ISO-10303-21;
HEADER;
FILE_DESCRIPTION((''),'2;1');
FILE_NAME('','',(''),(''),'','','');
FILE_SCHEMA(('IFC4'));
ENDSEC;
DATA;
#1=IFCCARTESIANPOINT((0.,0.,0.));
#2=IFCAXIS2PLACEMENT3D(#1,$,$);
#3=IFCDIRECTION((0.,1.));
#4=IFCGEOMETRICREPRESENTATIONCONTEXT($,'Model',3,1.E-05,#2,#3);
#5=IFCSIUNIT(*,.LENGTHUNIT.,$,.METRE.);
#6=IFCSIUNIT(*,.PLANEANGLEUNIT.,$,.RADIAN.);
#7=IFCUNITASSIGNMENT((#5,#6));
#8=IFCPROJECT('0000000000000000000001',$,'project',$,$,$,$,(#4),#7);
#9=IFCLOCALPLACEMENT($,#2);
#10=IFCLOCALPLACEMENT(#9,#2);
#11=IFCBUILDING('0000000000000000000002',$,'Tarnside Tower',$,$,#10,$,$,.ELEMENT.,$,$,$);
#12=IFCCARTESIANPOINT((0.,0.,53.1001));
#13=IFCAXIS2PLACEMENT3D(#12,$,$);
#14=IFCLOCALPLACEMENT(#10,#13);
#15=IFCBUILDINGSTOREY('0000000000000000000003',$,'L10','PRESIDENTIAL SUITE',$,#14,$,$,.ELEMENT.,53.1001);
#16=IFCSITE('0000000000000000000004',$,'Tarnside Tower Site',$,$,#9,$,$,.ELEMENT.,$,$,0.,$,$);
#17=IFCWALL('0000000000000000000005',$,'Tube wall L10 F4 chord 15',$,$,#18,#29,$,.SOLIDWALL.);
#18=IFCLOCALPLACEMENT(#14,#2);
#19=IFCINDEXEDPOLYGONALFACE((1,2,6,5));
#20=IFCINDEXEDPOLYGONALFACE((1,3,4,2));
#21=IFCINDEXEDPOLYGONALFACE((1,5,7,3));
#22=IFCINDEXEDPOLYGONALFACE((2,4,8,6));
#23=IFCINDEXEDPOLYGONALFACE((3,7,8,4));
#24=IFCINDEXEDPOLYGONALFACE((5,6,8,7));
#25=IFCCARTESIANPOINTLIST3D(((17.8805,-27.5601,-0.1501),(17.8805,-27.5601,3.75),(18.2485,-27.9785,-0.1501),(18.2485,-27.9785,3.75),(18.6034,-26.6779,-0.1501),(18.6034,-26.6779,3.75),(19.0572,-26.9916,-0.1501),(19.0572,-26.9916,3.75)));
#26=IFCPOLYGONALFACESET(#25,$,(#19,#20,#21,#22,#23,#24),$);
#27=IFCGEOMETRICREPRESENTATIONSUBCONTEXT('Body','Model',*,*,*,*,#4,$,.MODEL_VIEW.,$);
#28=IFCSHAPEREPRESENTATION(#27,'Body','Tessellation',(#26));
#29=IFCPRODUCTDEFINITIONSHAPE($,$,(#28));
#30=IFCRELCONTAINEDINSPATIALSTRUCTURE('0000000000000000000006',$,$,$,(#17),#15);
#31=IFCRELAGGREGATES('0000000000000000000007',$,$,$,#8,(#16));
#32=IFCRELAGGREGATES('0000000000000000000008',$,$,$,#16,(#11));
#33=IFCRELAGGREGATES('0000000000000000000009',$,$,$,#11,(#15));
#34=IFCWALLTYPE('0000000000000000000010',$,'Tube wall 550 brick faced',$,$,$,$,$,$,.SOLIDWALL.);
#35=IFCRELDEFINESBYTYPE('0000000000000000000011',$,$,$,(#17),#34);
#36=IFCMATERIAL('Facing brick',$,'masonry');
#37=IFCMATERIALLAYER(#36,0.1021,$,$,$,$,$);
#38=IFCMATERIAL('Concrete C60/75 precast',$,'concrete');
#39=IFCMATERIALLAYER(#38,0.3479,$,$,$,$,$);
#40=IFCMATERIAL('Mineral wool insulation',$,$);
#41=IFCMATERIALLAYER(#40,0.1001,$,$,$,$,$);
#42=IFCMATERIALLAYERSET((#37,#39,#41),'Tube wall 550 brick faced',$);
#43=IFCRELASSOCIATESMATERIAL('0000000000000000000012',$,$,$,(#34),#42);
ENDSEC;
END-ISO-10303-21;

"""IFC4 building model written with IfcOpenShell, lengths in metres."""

from ifc_helpers import new_model, si_unit, direction, frame, origin, place, context, subcontext, project, spatial, polyline, outline, extrude, material, layer, layer_set, type_object, element, save


model = new_model("IFC4")

# Units and contexts
model_context = context("Model", 3, precision=1e-05, world=origin(), true_north=direction((0.0, 1.0)))
body_context = subcontext(model_context, "Body", "Model", "MODEL_VIEW")
ifc_project = project(units=[si_unit("LENGTHUNIT", "METRE"), si_unit("PLANEANGLEUNIT", "RADIAN")], contexts=[model_context])

# Site, building, storey
site_placement = place(None, origin())
site = spatial("IfcSite", under=ifc_project, at=site_placement, Name="Tarnside Tower Site", CompositionType="ELEMENT", RefElevation=0.0)
building_placement = place(site_placement, origin())
building = spatial("IfcBuilding", under=site, at=building_placement, Name="Tarnside Tower", CompositionType="ELEMENT")
storey_placement = place(building_placement, frame((0.0, 0.0, 53.1001)))
storey = spatial("IfcBuildingStorey", under=building, at=storey_placement, Name="L10", Description="PRESIDENTIAL SUITE", CompositionType="ELEMENT", Elevation=53.1001)

# Wall
ifc_material_1 = material(Name="Facing brick", Category="masonry")
ifc_layer_1 = layer(ifc_material_1, 0.1021)
ifc_material_2 = material(Name="Concrete C60/75 precast", Category="concrete")
ifc_layer_2 = layer(ifc_material_2, 0.3479)
ifc_material_3 = material(Name="Mineral wool insulation")
ifc_layer_3 = layer(ifc_material_3, 0.1001)
ifc_layer_set_1 = layer_set([ifc_layer_1, ifc_layer_2, ifc_layer_3], Name="Tube wall 550 brick faced")
wall_type_1 = type_object("IfcWallType", Name="Tube wall 550 brick faced", PredefinedType="SOLIDWALL", material=ifc_layer_set_1)
wall_1_placement = place(storey_placement, frame((18.0645, -27.7693, -0.1501), z_axis=(0.0, 0.0, 1.0), x_axis=(0.633843, 0.773462, 0.0)))
element("IfcWall", 1, at=wall_1_placement, inside=storey, type_object=wall_type_1, Name="Tube wall L10 F4 chord 15", PredefinedType="SOLIDWALL", context=body_context, shape_type="SweptSolid", body=[
    extrude(outline(polyline([(-0.0452, -0.2749), (1.2307, -0.2749), (1.1858, 0.2749), (0.0452, 0.2749), (-0.0452, -0.2749)])), origin(), (0.0, 0.0, 1.0), 3.9001),
])

save(model, "model.ifc")
